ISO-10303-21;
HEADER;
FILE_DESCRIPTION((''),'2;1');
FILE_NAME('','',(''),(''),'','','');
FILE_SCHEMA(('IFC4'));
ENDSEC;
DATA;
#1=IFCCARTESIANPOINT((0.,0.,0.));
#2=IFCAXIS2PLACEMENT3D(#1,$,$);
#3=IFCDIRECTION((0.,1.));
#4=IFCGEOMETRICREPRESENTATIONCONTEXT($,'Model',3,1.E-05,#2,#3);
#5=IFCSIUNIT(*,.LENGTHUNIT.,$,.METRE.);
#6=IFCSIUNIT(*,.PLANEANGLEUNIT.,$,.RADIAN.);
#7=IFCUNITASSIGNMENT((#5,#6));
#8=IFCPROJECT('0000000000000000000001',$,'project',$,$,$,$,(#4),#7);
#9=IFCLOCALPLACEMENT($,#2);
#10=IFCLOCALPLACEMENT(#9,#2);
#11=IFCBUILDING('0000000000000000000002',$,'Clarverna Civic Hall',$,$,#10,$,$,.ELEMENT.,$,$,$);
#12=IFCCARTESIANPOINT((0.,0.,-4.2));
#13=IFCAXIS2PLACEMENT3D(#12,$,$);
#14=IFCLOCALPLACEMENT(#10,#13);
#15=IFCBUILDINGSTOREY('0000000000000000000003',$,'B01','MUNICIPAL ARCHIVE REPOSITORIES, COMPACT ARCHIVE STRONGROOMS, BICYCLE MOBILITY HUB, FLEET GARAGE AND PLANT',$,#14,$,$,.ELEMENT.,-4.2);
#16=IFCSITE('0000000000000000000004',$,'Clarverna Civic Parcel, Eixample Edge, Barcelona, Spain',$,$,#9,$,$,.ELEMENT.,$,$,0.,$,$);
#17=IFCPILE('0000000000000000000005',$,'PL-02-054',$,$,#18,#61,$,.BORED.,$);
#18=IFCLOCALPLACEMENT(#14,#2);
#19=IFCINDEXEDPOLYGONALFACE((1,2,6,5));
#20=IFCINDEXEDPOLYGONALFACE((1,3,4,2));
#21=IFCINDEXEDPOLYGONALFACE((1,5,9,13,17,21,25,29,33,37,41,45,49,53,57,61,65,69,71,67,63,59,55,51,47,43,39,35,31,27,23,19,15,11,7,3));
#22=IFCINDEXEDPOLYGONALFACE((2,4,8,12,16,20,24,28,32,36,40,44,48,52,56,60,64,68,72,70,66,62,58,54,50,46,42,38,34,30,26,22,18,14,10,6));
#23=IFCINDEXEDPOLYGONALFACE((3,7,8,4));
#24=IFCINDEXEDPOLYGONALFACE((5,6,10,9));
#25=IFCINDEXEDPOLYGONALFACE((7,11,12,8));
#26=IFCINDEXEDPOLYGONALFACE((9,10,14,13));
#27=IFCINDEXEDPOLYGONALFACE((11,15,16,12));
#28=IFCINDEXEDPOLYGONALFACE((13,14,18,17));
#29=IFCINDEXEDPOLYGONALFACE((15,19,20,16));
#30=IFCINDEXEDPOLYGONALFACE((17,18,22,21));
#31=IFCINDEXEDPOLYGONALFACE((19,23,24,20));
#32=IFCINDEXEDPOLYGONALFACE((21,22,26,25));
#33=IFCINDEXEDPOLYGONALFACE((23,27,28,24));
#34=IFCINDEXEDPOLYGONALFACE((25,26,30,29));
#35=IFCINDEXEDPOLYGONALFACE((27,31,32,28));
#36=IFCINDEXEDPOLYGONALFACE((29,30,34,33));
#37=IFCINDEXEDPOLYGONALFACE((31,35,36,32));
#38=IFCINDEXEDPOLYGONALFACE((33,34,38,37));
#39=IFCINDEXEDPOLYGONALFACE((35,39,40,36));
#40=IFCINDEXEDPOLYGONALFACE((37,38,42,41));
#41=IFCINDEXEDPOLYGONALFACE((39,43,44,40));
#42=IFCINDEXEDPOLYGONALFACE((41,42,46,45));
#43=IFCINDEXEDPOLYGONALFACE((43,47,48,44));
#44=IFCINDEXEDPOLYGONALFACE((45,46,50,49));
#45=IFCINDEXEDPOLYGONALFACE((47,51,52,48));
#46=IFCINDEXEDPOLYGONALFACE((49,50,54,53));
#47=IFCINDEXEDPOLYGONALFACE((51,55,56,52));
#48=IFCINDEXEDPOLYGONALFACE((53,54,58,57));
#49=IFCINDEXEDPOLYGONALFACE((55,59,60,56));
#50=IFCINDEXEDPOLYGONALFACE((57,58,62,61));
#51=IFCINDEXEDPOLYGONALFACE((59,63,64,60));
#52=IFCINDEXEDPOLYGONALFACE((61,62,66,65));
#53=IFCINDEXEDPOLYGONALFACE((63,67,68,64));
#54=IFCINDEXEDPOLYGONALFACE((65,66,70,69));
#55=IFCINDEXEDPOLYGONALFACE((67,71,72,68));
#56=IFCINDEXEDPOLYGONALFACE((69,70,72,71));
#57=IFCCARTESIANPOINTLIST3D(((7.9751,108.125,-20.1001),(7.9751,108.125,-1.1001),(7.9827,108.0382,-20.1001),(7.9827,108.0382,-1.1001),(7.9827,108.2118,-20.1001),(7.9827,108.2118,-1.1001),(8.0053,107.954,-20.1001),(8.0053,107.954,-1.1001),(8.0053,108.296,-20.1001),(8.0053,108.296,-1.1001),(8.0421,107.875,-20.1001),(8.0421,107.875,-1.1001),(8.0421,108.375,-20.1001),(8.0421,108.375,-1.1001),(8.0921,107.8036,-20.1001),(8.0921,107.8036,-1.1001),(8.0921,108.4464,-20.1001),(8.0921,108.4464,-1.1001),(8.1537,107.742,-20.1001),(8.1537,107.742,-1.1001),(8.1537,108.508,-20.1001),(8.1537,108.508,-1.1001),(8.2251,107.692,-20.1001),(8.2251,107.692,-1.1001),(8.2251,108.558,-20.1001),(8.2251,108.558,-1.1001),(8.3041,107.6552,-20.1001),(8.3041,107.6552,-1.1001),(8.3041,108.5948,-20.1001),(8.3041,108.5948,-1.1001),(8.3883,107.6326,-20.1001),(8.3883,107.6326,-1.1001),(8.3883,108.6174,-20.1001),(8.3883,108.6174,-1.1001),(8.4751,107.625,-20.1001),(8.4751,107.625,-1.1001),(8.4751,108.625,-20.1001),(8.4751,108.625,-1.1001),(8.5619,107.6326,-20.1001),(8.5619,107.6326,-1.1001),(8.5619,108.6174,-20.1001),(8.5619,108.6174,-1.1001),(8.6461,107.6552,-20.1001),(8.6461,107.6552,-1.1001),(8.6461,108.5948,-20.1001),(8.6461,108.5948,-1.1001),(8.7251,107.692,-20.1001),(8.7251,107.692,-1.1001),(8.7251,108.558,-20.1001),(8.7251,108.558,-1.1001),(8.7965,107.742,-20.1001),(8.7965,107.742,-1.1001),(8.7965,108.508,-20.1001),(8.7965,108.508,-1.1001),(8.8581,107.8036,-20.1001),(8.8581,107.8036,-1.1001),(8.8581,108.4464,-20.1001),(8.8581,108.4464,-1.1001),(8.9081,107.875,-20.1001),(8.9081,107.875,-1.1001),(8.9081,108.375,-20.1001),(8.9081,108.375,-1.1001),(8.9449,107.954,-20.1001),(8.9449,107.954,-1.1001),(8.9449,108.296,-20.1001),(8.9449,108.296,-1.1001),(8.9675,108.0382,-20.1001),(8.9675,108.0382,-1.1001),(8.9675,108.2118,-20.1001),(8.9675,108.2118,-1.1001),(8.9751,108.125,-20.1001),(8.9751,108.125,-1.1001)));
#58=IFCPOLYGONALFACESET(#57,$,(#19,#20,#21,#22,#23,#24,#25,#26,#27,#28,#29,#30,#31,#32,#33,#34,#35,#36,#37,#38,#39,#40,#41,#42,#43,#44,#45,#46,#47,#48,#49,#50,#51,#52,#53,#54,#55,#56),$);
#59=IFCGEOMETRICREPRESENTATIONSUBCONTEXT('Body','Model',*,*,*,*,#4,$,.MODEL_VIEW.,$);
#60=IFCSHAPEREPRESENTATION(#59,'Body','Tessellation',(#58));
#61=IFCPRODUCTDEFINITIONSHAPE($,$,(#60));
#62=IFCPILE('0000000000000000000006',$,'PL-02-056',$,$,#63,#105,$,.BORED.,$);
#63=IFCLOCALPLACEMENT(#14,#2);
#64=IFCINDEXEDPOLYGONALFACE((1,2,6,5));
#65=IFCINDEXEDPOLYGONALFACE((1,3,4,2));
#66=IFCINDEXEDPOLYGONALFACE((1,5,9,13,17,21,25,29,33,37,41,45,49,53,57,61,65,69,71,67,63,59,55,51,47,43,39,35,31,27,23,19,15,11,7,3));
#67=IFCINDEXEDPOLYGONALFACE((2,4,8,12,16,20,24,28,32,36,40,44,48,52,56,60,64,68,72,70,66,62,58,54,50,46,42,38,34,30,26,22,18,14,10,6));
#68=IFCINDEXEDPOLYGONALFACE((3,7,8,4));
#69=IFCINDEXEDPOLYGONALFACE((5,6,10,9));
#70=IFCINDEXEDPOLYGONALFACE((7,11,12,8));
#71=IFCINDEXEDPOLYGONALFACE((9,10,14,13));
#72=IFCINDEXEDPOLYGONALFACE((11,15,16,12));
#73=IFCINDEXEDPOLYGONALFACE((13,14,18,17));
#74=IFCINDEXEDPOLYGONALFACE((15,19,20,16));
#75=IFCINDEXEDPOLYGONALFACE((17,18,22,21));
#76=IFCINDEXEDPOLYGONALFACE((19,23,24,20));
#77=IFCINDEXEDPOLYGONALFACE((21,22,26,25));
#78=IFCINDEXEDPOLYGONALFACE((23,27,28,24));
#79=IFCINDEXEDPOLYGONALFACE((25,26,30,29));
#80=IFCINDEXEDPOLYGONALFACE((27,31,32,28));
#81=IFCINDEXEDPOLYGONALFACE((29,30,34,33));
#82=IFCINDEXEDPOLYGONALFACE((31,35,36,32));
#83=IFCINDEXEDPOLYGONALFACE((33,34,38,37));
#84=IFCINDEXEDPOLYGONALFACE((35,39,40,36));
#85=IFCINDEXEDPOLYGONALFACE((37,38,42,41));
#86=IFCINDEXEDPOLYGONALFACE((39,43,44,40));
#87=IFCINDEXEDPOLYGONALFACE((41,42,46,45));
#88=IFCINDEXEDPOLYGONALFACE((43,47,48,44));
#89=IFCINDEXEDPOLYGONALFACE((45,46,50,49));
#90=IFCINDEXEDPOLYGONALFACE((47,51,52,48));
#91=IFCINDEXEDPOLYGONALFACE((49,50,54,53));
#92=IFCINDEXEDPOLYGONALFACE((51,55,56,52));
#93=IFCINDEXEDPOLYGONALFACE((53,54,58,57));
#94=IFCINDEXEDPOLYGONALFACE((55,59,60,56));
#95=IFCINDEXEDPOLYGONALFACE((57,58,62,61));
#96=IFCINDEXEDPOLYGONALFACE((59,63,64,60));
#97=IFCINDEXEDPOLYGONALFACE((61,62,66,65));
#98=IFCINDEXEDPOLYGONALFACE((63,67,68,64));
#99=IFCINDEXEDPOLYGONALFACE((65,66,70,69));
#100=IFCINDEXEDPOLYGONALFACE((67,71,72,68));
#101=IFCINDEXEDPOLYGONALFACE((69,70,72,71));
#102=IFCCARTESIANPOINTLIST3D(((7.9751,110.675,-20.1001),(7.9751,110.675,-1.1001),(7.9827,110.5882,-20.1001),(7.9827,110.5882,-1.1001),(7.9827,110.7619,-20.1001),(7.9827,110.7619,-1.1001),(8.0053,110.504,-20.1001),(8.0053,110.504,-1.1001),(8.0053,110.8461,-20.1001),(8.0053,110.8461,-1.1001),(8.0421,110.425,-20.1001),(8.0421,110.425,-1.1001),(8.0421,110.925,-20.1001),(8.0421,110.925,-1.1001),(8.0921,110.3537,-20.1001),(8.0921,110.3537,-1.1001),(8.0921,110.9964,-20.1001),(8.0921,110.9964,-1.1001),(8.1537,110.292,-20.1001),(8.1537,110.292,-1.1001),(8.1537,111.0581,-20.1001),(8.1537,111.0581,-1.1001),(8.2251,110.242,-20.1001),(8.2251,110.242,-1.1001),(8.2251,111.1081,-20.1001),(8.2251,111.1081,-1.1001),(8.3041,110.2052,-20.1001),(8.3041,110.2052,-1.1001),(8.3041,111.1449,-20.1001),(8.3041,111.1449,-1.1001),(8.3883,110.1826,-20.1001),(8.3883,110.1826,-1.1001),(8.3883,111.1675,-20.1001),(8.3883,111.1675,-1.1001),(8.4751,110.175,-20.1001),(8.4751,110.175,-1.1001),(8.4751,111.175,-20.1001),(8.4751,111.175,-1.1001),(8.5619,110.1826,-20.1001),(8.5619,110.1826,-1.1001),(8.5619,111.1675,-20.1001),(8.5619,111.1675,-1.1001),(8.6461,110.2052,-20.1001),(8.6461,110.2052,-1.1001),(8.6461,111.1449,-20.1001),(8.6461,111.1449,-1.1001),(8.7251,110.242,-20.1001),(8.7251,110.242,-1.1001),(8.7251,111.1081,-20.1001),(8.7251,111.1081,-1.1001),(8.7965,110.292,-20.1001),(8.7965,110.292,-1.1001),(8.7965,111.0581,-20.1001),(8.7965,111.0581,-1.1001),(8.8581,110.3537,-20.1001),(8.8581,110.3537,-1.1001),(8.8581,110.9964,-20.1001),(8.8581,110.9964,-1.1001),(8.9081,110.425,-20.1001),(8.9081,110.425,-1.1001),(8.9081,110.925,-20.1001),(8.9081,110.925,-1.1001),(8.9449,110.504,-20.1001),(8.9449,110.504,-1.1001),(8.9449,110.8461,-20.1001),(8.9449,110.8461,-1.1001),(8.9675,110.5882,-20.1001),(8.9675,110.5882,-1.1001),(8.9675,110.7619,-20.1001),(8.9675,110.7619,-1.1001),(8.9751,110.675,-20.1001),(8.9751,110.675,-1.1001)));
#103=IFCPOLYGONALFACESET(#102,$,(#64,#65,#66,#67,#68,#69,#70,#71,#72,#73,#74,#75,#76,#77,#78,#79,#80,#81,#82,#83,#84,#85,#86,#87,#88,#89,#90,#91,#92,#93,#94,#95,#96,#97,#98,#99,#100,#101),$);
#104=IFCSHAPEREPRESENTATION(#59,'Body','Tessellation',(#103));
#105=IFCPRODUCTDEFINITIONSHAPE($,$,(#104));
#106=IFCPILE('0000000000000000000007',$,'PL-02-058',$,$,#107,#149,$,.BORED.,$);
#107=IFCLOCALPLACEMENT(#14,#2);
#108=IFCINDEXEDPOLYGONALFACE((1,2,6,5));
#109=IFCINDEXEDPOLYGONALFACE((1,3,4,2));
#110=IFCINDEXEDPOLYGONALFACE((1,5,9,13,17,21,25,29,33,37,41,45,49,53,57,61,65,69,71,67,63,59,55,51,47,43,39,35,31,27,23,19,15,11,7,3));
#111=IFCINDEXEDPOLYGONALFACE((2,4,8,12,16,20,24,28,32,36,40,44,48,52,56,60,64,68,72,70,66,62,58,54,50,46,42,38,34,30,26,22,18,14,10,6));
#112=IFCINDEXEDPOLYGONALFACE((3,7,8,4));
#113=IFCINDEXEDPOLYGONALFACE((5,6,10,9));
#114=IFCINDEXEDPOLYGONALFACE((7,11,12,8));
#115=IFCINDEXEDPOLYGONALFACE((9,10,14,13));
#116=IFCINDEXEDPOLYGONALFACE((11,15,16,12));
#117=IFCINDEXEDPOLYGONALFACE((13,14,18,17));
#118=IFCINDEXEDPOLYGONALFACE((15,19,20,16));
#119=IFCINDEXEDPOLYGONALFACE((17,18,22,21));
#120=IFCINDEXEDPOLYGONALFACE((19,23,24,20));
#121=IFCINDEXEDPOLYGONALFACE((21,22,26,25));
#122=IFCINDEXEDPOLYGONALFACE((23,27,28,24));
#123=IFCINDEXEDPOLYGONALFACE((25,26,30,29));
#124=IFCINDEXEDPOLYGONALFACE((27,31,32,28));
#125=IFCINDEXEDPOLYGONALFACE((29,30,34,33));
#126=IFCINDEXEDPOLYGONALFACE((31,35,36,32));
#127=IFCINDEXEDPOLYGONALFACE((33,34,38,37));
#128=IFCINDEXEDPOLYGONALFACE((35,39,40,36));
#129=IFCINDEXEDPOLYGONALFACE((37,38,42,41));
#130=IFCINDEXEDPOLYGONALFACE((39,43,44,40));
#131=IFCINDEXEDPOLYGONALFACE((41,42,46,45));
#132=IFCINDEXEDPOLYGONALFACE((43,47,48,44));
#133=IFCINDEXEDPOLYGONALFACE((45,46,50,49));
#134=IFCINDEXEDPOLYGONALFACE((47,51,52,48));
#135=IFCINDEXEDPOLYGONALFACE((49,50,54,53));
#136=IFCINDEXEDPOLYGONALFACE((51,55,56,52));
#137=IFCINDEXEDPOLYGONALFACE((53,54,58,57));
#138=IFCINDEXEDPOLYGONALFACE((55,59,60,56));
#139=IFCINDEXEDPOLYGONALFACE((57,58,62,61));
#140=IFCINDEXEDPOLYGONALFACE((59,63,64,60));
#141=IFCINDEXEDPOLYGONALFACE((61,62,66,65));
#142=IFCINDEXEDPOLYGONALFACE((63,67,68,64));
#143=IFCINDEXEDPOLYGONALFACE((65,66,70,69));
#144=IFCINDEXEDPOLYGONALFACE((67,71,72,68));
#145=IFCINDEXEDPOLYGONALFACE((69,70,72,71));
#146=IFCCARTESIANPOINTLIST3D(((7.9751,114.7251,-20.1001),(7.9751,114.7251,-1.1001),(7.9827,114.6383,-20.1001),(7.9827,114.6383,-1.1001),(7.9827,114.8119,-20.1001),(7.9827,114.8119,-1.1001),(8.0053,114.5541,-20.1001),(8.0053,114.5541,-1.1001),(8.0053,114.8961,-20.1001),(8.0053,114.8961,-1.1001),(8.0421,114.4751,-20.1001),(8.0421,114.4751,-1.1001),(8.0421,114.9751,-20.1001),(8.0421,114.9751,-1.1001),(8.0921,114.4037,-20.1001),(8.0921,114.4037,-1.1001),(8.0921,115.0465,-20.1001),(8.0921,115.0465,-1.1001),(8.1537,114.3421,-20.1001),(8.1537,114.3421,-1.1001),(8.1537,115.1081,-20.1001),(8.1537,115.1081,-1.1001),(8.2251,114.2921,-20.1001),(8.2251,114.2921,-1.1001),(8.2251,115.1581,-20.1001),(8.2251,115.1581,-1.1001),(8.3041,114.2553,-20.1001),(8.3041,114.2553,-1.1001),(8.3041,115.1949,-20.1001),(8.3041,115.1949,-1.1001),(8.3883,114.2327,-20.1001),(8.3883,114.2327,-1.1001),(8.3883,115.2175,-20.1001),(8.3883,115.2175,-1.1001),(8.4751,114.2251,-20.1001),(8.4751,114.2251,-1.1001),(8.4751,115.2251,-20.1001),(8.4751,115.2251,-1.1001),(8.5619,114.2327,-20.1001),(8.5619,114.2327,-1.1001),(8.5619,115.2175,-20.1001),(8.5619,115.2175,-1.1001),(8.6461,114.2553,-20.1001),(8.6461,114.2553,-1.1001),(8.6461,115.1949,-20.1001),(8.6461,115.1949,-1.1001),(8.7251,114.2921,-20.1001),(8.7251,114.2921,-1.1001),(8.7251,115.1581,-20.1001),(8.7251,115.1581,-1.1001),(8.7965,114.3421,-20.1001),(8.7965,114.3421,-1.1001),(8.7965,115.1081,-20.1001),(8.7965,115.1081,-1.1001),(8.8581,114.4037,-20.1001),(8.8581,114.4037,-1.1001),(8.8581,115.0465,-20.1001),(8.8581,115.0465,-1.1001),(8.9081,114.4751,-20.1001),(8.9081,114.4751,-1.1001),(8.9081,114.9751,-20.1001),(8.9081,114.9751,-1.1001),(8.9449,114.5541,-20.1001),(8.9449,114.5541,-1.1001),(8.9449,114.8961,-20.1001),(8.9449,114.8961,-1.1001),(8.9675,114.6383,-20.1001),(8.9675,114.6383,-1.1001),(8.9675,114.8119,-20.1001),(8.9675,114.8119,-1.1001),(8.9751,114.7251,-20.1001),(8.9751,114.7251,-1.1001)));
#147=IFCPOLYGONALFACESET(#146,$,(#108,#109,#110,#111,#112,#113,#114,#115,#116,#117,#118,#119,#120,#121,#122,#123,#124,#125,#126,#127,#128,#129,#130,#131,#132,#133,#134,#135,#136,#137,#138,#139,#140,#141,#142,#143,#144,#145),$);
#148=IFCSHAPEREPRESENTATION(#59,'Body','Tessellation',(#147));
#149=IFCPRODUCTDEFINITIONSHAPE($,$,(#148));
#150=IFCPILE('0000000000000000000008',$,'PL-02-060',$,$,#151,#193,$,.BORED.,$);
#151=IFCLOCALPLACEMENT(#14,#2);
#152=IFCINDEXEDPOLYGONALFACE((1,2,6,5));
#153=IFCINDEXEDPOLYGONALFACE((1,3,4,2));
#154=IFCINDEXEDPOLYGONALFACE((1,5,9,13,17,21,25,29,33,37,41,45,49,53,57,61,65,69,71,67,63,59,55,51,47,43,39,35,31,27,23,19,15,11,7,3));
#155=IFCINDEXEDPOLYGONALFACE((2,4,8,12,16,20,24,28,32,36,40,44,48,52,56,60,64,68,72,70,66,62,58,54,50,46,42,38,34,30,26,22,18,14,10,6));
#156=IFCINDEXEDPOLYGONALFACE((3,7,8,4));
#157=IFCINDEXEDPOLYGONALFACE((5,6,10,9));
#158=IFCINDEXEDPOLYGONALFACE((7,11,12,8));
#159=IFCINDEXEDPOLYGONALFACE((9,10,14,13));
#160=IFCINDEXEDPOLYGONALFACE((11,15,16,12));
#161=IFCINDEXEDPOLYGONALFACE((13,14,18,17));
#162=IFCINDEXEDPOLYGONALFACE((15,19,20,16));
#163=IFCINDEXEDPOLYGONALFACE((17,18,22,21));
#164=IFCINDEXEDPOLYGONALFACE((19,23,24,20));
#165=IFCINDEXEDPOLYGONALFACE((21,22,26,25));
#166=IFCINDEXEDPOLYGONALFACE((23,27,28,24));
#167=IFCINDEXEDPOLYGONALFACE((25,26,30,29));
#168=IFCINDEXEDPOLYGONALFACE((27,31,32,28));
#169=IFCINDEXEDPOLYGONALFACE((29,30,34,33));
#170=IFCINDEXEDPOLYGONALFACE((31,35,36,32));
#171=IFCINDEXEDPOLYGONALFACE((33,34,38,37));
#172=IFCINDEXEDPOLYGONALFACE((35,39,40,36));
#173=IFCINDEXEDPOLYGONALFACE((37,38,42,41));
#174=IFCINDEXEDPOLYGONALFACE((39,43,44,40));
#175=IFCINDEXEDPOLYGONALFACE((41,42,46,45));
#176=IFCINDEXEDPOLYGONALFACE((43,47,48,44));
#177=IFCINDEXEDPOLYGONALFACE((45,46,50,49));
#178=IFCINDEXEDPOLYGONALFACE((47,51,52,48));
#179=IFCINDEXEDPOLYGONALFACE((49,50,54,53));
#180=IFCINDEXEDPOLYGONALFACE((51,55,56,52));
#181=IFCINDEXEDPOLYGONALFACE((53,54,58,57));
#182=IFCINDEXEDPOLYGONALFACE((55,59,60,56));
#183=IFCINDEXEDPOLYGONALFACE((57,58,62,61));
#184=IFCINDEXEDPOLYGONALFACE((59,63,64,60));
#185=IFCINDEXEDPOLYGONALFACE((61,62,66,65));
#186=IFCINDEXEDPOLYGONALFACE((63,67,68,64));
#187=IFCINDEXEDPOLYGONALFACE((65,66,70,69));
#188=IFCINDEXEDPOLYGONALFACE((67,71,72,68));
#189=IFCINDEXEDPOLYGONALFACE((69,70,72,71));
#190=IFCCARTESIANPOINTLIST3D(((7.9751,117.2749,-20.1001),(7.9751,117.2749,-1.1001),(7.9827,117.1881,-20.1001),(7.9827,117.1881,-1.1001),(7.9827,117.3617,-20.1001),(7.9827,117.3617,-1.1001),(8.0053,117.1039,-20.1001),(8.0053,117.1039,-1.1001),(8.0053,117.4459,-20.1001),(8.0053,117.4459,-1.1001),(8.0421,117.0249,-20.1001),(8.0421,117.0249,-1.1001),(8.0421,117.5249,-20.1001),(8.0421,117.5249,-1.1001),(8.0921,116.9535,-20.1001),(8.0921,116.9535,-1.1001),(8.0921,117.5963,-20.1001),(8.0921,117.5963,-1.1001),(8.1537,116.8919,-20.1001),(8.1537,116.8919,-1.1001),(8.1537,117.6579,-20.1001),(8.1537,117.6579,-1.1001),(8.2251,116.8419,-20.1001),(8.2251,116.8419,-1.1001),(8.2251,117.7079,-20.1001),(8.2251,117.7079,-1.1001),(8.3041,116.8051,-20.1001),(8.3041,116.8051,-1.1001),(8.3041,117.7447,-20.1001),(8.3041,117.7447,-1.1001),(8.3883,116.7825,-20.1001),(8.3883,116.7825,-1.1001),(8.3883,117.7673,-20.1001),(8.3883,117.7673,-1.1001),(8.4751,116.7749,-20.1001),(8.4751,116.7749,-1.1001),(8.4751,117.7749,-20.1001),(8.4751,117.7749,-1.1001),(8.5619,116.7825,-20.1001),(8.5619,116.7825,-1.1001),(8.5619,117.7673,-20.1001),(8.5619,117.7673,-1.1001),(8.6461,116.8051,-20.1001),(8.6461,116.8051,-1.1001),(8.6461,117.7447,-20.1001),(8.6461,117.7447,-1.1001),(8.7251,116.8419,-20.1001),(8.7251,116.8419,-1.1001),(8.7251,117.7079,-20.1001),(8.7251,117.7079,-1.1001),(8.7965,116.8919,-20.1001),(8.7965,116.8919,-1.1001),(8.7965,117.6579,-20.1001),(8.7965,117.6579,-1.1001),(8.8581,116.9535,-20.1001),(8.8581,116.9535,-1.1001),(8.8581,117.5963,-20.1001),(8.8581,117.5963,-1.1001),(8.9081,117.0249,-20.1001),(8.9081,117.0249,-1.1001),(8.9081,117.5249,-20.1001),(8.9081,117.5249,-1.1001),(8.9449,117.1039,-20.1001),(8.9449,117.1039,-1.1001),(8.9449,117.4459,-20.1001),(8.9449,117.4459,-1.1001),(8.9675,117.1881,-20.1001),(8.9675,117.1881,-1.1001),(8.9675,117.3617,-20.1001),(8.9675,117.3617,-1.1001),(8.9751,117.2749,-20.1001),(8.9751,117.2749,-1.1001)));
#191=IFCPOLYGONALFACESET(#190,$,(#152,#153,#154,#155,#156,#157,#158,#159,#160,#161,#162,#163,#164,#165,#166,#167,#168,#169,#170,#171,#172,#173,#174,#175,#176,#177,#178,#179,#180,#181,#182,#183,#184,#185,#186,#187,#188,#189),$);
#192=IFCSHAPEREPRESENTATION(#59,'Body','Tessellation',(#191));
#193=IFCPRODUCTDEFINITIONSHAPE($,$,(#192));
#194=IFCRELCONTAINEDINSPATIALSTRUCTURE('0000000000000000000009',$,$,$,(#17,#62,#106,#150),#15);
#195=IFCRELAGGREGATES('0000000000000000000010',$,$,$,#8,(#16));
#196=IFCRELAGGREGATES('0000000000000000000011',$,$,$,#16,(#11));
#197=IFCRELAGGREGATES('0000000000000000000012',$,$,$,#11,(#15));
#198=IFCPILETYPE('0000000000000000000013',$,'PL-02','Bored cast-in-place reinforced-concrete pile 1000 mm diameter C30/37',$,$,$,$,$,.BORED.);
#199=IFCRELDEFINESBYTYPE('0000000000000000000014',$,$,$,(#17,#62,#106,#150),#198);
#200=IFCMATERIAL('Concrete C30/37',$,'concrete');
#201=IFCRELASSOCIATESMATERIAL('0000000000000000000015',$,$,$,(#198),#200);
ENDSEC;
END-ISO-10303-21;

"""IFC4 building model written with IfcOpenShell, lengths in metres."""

from ifc_helpers import new_model, si_unit, direction, frame, origin, origin_2d, place, context, subcontext, project, spatial, circle, extrude, material, material_profile, profile_set, type_object, element, save


model = new_model("IFC4")

# Units and contexts
model_context = context("Model", 3, precision=1e-05, world=origin(), true_north=direction((0.0, 1.0)))
body_context = subcontext(model_context, "Body", "Model", "MODEL_VIEW")
ifc_project = project(units=[si_unit("LENGTHUNIT", "METRE"), si_unit("PLANEANGLEUNIT", "RADIAN")], contexts=[model_context])

# Site, building, storey
site_placement = place(None, origin())
site = spatial("IfcSite", under=ifc_project, at=site_placement, Name="Clarverna Civic Parcel, Eixample Edge, Barcelona, Spain", CompositionType="ELEMENT", RefElevation=0.0)
building_placement = place(site_placement, origin())
building = spatial("IfcBuilding", under=site, at=building_placement, Name="Clarverna Civic Hall", CompositionType="ELEMENT")
storey_placement = place(building_placement, frame((0.0, 0.0, -4.2)))
storey = spatial("IfcBuildingStorey", under=building, at=storey_placement, Name="B01", Description="MUNICIPAL ARCHIVE REPOSITORIES, COMPACT ARCHIVE STRONGROOMS, BICYCLE MOBILITY HUB, FLEET GARAGE AND PLANT", CompositionType="ELEMENT", Elevation=-4.2)

# Shared definitions
ifc_material_1 = material(Name="Concrete C30/37", Category="concrete")

# Piles
ifc_material_profile_1 = material_profile(ifc_material_1, circle(Radius=0.5, at=origin_2d()), Name="BORED PILE D1000")
ifc_profile_set_1 = profile_set([ifc_material_profile_1], Name="Concrete C30/37")
pile_type_1 = type_object("IfcPileType", Name="PL-02", Description="Bored cast-in-place reinforced-concrete pile 1000 mm diameter C30/37", PredefinedType="BORED", material=ifc_profile_set_1)
for number, where, z_axis, x_axis, name in (
    (1, (8.4751, 108.125, -1.1001), (0.0, 0.0, -1.0), (1.0, 0.0, 0.0), "PL-02-054"),
    (2, (8.4751, 110.675, -1.1001), (0.0, 0.0, -1.0), (1.0, 0.0, 0.0), "PL-02-056"),
    (3, (8.4751, 114.7251, -1.1001), (0.0, 0.0, -1.0), (1.0, 0.0, 0.0), "PL-02-058"),
    (4, (8.4751, 117.2749, -1.1001), (0.0, 0.0, -1.0), (1.0, 0.0, 0.0), "PL-02-060"),
):
    element("IfcPile", number, at=place(storey_placement, frame(where, z_axis=z_axis, x_axis=x_axis)), inside=storey, type_object=pile_type_1, Name=name, PredefinedType="BORED", context=body_context, shape_type="SweptSolid", body=[
        extrude(circle(Radius=0.5, at=origin_2d()), origin(), (0.0, 0.0, 1.0), 19.0),
    ])

save(model, "model.ifc")
